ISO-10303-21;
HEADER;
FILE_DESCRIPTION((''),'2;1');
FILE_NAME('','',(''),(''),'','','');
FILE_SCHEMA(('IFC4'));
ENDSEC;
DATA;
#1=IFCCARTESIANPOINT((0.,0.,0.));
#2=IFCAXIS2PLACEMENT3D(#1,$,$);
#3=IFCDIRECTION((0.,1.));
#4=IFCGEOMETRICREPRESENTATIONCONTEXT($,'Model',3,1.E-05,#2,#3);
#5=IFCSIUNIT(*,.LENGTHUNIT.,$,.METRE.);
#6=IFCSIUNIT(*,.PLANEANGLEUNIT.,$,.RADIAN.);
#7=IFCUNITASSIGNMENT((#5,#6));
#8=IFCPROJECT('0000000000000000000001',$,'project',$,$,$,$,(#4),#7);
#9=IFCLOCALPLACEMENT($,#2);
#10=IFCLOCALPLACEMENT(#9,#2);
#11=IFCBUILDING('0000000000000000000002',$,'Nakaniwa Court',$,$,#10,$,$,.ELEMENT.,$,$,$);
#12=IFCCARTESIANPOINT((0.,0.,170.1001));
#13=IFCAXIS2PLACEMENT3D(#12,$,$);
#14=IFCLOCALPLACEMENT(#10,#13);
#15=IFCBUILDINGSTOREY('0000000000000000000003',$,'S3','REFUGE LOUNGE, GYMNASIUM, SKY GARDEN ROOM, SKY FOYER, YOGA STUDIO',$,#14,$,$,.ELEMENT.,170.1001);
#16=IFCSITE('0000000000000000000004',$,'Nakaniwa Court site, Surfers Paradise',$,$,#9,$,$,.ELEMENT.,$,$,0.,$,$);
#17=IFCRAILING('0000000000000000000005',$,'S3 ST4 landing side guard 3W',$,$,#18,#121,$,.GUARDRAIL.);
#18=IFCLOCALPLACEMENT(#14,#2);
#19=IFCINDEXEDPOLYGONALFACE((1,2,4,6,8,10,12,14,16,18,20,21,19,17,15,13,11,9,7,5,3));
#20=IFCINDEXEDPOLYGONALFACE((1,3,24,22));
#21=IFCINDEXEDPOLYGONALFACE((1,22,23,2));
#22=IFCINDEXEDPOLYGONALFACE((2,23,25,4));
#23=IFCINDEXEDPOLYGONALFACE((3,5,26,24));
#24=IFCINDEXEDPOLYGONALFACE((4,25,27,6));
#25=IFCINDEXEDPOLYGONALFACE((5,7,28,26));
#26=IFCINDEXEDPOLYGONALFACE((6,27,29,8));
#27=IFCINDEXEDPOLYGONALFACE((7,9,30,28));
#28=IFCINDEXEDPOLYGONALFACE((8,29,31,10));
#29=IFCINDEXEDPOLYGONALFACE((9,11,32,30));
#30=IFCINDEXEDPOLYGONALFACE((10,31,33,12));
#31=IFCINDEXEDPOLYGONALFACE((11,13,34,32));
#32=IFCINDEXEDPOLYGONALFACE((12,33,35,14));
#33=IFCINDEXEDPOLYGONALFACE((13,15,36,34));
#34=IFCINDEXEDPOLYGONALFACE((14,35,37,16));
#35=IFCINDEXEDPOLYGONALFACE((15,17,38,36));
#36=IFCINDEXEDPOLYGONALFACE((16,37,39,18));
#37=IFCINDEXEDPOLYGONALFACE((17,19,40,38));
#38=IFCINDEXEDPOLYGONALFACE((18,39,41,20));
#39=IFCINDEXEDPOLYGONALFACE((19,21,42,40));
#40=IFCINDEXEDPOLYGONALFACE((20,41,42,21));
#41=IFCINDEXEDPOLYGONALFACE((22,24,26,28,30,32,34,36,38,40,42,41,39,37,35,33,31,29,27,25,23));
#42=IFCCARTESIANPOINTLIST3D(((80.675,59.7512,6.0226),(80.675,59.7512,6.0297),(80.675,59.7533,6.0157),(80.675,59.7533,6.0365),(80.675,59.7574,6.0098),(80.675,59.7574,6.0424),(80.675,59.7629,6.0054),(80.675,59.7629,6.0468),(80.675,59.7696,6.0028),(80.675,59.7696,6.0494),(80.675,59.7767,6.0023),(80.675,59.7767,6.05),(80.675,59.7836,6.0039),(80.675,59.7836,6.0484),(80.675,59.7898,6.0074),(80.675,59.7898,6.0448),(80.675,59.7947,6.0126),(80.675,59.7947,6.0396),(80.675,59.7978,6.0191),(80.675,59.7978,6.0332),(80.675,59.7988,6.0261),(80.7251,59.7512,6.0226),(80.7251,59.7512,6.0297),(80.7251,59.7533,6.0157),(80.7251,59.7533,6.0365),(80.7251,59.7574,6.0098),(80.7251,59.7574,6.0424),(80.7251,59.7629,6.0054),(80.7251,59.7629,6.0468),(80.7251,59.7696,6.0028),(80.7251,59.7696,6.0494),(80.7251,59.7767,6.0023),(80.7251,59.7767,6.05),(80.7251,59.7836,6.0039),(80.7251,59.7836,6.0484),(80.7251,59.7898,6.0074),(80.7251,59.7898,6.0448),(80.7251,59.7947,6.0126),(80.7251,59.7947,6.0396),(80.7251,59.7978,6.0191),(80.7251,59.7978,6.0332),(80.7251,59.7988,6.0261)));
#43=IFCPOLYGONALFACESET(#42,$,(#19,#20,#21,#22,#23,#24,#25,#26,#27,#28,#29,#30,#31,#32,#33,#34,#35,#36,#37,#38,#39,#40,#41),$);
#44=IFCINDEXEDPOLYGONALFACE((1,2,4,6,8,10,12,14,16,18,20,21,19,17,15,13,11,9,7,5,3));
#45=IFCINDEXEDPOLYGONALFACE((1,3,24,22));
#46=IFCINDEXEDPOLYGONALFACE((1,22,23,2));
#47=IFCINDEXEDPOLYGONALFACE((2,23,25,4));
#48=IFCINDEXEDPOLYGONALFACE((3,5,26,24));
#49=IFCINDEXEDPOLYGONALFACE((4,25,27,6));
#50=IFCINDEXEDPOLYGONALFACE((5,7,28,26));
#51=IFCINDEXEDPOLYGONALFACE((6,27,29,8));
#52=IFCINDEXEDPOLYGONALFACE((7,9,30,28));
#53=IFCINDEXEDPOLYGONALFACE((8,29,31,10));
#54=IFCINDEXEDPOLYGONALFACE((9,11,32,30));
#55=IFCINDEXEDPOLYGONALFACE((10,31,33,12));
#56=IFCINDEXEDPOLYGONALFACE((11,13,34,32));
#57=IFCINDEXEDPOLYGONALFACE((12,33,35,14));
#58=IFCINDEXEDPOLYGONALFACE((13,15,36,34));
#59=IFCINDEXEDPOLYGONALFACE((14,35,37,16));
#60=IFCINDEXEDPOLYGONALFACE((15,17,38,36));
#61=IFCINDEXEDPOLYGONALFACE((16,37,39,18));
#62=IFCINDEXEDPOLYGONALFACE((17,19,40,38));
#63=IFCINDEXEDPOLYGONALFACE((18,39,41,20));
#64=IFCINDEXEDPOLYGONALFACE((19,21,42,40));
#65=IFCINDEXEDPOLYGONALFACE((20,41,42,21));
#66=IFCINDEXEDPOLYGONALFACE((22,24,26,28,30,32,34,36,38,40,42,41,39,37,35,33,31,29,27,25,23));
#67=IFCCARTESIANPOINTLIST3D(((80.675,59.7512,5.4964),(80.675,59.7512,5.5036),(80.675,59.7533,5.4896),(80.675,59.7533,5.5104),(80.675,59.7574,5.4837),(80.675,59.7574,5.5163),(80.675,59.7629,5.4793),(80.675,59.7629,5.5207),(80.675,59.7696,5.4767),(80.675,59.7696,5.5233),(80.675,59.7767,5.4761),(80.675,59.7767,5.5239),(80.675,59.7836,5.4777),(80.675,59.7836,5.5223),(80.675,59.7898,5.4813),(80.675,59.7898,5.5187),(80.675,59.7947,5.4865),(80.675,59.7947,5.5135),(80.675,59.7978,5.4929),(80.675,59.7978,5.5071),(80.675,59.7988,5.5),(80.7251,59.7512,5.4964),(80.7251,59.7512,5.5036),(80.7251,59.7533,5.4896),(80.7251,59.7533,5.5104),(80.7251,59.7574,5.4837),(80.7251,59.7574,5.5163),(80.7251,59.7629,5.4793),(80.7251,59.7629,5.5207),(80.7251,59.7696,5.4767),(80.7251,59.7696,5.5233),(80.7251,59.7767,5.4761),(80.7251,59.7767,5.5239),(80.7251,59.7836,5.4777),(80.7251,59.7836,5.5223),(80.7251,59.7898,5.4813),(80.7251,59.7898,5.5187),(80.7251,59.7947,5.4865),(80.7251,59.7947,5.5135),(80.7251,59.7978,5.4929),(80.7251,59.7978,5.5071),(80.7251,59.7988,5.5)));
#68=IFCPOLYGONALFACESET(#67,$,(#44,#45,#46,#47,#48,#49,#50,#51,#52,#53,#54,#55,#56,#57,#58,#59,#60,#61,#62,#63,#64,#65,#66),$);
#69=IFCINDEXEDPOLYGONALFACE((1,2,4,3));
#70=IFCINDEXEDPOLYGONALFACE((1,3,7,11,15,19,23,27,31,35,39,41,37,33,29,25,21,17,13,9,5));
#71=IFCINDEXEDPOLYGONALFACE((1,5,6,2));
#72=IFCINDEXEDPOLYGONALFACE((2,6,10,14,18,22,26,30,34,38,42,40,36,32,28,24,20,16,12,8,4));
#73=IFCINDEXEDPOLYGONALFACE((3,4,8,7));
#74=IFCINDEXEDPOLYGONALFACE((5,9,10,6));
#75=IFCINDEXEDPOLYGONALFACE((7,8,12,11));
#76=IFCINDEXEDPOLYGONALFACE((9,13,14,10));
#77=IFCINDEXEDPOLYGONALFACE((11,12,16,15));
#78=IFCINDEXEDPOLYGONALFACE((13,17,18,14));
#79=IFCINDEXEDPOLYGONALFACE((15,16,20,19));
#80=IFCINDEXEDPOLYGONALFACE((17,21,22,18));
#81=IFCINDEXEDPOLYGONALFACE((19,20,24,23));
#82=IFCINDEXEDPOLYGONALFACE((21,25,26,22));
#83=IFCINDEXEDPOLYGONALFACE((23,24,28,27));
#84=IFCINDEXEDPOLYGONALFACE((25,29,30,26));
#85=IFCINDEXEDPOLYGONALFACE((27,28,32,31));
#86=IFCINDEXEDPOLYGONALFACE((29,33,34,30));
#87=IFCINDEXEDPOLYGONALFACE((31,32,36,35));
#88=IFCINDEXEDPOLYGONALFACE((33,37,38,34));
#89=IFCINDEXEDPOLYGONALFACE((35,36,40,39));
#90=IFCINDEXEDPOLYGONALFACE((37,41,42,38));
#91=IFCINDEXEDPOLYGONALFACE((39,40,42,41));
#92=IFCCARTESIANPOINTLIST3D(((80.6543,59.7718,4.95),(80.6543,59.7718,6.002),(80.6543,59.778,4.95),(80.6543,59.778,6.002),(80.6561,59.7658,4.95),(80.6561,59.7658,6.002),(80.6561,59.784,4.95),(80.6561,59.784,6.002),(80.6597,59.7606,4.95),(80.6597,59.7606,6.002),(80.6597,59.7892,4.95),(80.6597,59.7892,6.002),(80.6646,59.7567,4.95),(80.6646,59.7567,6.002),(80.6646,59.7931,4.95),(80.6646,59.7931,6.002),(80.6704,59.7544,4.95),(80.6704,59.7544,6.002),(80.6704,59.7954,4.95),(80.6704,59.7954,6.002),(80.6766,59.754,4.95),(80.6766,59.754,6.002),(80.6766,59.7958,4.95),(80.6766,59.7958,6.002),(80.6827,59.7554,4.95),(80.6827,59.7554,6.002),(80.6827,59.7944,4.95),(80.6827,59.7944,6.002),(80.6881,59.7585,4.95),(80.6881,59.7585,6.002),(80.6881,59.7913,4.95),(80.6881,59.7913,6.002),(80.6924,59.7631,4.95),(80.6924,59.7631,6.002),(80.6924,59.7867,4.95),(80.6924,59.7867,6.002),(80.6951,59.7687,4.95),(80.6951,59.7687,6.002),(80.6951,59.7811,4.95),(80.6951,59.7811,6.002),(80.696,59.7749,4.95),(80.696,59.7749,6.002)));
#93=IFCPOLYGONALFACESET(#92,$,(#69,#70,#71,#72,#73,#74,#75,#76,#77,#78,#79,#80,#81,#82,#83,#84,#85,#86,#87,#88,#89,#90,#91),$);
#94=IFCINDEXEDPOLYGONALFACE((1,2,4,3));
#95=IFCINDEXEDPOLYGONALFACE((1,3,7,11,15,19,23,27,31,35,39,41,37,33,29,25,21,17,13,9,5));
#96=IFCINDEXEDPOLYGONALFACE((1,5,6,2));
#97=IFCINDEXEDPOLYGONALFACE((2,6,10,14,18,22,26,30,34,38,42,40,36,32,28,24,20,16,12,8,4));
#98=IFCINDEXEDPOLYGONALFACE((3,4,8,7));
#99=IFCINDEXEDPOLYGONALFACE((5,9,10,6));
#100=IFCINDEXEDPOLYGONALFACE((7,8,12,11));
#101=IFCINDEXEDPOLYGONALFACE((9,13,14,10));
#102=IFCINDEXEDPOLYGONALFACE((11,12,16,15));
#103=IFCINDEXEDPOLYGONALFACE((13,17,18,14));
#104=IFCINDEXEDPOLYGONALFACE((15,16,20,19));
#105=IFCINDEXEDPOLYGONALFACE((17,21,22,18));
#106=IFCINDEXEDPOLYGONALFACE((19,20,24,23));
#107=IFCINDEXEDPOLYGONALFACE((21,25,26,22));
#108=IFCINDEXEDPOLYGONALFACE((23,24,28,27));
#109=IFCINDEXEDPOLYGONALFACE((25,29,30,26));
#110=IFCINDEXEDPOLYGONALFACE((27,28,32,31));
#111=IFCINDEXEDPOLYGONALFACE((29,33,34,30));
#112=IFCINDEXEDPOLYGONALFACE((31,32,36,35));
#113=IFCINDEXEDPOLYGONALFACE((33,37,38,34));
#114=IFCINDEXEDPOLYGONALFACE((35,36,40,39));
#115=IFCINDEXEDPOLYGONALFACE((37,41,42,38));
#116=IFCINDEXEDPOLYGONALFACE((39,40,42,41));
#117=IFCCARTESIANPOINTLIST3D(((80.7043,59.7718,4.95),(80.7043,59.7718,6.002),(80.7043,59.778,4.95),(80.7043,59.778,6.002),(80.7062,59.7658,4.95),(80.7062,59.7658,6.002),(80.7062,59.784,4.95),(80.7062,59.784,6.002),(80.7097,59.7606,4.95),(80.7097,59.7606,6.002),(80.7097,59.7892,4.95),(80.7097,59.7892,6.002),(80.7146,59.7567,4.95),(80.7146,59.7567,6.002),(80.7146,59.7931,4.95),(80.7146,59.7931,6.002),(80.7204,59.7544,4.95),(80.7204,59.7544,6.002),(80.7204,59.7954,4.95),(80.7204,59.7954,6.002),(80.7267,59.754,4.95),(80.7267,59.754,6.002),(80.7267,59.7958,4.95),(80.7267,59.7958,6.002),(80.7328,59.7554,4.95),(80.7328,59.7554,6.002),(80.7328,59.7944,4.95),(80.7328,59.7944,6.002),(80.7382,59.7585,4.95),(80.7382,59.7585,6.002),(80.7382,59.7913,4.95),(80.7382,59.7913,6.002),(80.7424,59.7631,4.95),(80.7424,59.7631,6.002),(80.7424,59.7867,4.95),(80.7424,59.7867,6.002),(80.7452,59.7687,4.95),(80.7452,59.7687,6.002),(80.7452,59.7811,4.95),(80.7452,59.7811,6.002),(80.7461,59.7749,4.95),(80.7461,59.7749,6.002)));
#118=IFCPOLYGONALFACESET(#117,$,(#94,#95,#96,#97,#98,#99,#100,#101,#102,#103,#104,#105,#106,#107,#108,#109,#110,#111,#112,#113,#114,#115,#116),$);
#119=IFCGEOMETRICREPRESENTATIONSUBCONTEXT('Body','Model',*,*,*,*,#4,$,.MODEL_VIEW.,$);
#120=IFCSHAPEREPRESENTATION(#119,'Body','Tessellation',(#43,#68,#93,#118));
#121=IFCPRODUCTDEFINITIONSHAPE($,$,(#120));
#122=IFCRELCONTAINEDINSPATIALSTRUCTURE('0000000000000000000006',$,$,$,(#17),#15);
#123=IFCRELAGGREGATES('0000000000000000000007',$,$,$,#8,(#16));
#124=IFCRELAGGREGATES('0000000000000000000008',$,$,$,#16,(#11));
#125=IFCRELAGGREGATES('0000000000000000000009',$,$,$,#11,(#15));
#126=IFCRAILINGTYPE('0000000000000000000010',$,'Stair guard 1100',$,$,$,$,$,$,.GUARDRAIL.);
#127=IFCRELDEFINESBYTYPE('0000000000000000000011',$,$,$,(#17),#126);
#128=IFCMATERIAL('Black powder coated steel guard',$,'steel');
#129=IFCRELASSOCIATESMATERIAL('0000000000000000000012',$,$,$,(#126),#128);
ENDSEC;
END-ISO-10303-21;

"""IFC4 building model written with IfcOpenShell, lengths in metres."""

from ifc_helpers import new_model, si_unit, direction, frame, origin, origin_2d, place, context, subcontext, project, spatial, circle, extrude, material, type_object, element, save


model = new_model("IFC4")

# Units and contexts
model_context = context("Model", 3, precision=1e-05, world=origin(), true_north=direction((0.0, 1.0)))
body_context = subcontext(model_context, "Body", "Model", "MODEL_VIEW")
ifc_project = project(units=[si_unit("LENGTHUNIT", "METRE"), si_unit("PLANEANGLEUNIT", "RADIAN")], contexts=[model_context])

# Site, building, storey
site_placement = place(None, origin())
site = spatial("IfcSite", under=ifc_project, at=site_placement, Name="Nakaniwa Court site, Surfers Paradise", CompositionType="ELEMENT", RefElevation=0.0)
building_placement = place(site_placement, origin())
building = spatial("IfcBuilding", under=site, at=building_placement, Name="Nakaniwa Court", CompositionType="ELEMENT")
storey_placement = place(building_placement, frame((0.0, 0.0, 170.1001)))
storey = spatial("IfcBuildingStorey", under=building, at=storey_placement, Name="S3", Description="REFUGE LOUNGE, GYMNASIUM, SKY GARDEN ROOM, SKY FOYER, YOGA STUDIO", CompositionType="ELEMENT", Elevation=170.1001)

# Railing
ifc_material_1 = material(Name="Black powder coated steel guard", Category="steel")
railing_type_1 = type_object("IfcRailingType", Name="Stair guard 1100", PredefinedType="GUARDRAIL", material=ifc_material_1)
for number, where, name in (
    (1, (80.675, 59.7749, 4.95), "S3 ST4 landing side guard 3W"),
):
    element("IfcRailing", number, at=place(storey_placement, frame(where)), inside=storey, type_object=railing_type_1, Name=name, PredefinedType="GUARDRAIL", context=body_context, shape_type="SweptSolid", body=[
        extrude(circle(Radius=0.0239, at=origin_2d()), frame((0.0, 0.0, 1.0762), z_axis=(1.0, 0.0, 0.0), x_axis=(0.0, 1.0, 0.0)), (0.0, 0.0, 1.0), 0.05),
        extrude(circle(Radius=0.0239, at=origin_2d()), frame((0.0, 0.0, 0.55), z_axis=(1.0, 0.0, 0.0), x_axis=(0.0, 1.0, 0.0)), (0.0, 0.0, 1.0), 0.05),
        extrude(circle(Radius=0.021, at=origin_2d()), origin(), (0.0, 0.0, 1.0), 1.052),
        extrude(circle(Radius=0.021, at=origin_2d()), frame((0.05, 0.0, 0.0)), (0.0, 0.0, 1.0), 1.052),
    ])

save(model, "model.ifc")
